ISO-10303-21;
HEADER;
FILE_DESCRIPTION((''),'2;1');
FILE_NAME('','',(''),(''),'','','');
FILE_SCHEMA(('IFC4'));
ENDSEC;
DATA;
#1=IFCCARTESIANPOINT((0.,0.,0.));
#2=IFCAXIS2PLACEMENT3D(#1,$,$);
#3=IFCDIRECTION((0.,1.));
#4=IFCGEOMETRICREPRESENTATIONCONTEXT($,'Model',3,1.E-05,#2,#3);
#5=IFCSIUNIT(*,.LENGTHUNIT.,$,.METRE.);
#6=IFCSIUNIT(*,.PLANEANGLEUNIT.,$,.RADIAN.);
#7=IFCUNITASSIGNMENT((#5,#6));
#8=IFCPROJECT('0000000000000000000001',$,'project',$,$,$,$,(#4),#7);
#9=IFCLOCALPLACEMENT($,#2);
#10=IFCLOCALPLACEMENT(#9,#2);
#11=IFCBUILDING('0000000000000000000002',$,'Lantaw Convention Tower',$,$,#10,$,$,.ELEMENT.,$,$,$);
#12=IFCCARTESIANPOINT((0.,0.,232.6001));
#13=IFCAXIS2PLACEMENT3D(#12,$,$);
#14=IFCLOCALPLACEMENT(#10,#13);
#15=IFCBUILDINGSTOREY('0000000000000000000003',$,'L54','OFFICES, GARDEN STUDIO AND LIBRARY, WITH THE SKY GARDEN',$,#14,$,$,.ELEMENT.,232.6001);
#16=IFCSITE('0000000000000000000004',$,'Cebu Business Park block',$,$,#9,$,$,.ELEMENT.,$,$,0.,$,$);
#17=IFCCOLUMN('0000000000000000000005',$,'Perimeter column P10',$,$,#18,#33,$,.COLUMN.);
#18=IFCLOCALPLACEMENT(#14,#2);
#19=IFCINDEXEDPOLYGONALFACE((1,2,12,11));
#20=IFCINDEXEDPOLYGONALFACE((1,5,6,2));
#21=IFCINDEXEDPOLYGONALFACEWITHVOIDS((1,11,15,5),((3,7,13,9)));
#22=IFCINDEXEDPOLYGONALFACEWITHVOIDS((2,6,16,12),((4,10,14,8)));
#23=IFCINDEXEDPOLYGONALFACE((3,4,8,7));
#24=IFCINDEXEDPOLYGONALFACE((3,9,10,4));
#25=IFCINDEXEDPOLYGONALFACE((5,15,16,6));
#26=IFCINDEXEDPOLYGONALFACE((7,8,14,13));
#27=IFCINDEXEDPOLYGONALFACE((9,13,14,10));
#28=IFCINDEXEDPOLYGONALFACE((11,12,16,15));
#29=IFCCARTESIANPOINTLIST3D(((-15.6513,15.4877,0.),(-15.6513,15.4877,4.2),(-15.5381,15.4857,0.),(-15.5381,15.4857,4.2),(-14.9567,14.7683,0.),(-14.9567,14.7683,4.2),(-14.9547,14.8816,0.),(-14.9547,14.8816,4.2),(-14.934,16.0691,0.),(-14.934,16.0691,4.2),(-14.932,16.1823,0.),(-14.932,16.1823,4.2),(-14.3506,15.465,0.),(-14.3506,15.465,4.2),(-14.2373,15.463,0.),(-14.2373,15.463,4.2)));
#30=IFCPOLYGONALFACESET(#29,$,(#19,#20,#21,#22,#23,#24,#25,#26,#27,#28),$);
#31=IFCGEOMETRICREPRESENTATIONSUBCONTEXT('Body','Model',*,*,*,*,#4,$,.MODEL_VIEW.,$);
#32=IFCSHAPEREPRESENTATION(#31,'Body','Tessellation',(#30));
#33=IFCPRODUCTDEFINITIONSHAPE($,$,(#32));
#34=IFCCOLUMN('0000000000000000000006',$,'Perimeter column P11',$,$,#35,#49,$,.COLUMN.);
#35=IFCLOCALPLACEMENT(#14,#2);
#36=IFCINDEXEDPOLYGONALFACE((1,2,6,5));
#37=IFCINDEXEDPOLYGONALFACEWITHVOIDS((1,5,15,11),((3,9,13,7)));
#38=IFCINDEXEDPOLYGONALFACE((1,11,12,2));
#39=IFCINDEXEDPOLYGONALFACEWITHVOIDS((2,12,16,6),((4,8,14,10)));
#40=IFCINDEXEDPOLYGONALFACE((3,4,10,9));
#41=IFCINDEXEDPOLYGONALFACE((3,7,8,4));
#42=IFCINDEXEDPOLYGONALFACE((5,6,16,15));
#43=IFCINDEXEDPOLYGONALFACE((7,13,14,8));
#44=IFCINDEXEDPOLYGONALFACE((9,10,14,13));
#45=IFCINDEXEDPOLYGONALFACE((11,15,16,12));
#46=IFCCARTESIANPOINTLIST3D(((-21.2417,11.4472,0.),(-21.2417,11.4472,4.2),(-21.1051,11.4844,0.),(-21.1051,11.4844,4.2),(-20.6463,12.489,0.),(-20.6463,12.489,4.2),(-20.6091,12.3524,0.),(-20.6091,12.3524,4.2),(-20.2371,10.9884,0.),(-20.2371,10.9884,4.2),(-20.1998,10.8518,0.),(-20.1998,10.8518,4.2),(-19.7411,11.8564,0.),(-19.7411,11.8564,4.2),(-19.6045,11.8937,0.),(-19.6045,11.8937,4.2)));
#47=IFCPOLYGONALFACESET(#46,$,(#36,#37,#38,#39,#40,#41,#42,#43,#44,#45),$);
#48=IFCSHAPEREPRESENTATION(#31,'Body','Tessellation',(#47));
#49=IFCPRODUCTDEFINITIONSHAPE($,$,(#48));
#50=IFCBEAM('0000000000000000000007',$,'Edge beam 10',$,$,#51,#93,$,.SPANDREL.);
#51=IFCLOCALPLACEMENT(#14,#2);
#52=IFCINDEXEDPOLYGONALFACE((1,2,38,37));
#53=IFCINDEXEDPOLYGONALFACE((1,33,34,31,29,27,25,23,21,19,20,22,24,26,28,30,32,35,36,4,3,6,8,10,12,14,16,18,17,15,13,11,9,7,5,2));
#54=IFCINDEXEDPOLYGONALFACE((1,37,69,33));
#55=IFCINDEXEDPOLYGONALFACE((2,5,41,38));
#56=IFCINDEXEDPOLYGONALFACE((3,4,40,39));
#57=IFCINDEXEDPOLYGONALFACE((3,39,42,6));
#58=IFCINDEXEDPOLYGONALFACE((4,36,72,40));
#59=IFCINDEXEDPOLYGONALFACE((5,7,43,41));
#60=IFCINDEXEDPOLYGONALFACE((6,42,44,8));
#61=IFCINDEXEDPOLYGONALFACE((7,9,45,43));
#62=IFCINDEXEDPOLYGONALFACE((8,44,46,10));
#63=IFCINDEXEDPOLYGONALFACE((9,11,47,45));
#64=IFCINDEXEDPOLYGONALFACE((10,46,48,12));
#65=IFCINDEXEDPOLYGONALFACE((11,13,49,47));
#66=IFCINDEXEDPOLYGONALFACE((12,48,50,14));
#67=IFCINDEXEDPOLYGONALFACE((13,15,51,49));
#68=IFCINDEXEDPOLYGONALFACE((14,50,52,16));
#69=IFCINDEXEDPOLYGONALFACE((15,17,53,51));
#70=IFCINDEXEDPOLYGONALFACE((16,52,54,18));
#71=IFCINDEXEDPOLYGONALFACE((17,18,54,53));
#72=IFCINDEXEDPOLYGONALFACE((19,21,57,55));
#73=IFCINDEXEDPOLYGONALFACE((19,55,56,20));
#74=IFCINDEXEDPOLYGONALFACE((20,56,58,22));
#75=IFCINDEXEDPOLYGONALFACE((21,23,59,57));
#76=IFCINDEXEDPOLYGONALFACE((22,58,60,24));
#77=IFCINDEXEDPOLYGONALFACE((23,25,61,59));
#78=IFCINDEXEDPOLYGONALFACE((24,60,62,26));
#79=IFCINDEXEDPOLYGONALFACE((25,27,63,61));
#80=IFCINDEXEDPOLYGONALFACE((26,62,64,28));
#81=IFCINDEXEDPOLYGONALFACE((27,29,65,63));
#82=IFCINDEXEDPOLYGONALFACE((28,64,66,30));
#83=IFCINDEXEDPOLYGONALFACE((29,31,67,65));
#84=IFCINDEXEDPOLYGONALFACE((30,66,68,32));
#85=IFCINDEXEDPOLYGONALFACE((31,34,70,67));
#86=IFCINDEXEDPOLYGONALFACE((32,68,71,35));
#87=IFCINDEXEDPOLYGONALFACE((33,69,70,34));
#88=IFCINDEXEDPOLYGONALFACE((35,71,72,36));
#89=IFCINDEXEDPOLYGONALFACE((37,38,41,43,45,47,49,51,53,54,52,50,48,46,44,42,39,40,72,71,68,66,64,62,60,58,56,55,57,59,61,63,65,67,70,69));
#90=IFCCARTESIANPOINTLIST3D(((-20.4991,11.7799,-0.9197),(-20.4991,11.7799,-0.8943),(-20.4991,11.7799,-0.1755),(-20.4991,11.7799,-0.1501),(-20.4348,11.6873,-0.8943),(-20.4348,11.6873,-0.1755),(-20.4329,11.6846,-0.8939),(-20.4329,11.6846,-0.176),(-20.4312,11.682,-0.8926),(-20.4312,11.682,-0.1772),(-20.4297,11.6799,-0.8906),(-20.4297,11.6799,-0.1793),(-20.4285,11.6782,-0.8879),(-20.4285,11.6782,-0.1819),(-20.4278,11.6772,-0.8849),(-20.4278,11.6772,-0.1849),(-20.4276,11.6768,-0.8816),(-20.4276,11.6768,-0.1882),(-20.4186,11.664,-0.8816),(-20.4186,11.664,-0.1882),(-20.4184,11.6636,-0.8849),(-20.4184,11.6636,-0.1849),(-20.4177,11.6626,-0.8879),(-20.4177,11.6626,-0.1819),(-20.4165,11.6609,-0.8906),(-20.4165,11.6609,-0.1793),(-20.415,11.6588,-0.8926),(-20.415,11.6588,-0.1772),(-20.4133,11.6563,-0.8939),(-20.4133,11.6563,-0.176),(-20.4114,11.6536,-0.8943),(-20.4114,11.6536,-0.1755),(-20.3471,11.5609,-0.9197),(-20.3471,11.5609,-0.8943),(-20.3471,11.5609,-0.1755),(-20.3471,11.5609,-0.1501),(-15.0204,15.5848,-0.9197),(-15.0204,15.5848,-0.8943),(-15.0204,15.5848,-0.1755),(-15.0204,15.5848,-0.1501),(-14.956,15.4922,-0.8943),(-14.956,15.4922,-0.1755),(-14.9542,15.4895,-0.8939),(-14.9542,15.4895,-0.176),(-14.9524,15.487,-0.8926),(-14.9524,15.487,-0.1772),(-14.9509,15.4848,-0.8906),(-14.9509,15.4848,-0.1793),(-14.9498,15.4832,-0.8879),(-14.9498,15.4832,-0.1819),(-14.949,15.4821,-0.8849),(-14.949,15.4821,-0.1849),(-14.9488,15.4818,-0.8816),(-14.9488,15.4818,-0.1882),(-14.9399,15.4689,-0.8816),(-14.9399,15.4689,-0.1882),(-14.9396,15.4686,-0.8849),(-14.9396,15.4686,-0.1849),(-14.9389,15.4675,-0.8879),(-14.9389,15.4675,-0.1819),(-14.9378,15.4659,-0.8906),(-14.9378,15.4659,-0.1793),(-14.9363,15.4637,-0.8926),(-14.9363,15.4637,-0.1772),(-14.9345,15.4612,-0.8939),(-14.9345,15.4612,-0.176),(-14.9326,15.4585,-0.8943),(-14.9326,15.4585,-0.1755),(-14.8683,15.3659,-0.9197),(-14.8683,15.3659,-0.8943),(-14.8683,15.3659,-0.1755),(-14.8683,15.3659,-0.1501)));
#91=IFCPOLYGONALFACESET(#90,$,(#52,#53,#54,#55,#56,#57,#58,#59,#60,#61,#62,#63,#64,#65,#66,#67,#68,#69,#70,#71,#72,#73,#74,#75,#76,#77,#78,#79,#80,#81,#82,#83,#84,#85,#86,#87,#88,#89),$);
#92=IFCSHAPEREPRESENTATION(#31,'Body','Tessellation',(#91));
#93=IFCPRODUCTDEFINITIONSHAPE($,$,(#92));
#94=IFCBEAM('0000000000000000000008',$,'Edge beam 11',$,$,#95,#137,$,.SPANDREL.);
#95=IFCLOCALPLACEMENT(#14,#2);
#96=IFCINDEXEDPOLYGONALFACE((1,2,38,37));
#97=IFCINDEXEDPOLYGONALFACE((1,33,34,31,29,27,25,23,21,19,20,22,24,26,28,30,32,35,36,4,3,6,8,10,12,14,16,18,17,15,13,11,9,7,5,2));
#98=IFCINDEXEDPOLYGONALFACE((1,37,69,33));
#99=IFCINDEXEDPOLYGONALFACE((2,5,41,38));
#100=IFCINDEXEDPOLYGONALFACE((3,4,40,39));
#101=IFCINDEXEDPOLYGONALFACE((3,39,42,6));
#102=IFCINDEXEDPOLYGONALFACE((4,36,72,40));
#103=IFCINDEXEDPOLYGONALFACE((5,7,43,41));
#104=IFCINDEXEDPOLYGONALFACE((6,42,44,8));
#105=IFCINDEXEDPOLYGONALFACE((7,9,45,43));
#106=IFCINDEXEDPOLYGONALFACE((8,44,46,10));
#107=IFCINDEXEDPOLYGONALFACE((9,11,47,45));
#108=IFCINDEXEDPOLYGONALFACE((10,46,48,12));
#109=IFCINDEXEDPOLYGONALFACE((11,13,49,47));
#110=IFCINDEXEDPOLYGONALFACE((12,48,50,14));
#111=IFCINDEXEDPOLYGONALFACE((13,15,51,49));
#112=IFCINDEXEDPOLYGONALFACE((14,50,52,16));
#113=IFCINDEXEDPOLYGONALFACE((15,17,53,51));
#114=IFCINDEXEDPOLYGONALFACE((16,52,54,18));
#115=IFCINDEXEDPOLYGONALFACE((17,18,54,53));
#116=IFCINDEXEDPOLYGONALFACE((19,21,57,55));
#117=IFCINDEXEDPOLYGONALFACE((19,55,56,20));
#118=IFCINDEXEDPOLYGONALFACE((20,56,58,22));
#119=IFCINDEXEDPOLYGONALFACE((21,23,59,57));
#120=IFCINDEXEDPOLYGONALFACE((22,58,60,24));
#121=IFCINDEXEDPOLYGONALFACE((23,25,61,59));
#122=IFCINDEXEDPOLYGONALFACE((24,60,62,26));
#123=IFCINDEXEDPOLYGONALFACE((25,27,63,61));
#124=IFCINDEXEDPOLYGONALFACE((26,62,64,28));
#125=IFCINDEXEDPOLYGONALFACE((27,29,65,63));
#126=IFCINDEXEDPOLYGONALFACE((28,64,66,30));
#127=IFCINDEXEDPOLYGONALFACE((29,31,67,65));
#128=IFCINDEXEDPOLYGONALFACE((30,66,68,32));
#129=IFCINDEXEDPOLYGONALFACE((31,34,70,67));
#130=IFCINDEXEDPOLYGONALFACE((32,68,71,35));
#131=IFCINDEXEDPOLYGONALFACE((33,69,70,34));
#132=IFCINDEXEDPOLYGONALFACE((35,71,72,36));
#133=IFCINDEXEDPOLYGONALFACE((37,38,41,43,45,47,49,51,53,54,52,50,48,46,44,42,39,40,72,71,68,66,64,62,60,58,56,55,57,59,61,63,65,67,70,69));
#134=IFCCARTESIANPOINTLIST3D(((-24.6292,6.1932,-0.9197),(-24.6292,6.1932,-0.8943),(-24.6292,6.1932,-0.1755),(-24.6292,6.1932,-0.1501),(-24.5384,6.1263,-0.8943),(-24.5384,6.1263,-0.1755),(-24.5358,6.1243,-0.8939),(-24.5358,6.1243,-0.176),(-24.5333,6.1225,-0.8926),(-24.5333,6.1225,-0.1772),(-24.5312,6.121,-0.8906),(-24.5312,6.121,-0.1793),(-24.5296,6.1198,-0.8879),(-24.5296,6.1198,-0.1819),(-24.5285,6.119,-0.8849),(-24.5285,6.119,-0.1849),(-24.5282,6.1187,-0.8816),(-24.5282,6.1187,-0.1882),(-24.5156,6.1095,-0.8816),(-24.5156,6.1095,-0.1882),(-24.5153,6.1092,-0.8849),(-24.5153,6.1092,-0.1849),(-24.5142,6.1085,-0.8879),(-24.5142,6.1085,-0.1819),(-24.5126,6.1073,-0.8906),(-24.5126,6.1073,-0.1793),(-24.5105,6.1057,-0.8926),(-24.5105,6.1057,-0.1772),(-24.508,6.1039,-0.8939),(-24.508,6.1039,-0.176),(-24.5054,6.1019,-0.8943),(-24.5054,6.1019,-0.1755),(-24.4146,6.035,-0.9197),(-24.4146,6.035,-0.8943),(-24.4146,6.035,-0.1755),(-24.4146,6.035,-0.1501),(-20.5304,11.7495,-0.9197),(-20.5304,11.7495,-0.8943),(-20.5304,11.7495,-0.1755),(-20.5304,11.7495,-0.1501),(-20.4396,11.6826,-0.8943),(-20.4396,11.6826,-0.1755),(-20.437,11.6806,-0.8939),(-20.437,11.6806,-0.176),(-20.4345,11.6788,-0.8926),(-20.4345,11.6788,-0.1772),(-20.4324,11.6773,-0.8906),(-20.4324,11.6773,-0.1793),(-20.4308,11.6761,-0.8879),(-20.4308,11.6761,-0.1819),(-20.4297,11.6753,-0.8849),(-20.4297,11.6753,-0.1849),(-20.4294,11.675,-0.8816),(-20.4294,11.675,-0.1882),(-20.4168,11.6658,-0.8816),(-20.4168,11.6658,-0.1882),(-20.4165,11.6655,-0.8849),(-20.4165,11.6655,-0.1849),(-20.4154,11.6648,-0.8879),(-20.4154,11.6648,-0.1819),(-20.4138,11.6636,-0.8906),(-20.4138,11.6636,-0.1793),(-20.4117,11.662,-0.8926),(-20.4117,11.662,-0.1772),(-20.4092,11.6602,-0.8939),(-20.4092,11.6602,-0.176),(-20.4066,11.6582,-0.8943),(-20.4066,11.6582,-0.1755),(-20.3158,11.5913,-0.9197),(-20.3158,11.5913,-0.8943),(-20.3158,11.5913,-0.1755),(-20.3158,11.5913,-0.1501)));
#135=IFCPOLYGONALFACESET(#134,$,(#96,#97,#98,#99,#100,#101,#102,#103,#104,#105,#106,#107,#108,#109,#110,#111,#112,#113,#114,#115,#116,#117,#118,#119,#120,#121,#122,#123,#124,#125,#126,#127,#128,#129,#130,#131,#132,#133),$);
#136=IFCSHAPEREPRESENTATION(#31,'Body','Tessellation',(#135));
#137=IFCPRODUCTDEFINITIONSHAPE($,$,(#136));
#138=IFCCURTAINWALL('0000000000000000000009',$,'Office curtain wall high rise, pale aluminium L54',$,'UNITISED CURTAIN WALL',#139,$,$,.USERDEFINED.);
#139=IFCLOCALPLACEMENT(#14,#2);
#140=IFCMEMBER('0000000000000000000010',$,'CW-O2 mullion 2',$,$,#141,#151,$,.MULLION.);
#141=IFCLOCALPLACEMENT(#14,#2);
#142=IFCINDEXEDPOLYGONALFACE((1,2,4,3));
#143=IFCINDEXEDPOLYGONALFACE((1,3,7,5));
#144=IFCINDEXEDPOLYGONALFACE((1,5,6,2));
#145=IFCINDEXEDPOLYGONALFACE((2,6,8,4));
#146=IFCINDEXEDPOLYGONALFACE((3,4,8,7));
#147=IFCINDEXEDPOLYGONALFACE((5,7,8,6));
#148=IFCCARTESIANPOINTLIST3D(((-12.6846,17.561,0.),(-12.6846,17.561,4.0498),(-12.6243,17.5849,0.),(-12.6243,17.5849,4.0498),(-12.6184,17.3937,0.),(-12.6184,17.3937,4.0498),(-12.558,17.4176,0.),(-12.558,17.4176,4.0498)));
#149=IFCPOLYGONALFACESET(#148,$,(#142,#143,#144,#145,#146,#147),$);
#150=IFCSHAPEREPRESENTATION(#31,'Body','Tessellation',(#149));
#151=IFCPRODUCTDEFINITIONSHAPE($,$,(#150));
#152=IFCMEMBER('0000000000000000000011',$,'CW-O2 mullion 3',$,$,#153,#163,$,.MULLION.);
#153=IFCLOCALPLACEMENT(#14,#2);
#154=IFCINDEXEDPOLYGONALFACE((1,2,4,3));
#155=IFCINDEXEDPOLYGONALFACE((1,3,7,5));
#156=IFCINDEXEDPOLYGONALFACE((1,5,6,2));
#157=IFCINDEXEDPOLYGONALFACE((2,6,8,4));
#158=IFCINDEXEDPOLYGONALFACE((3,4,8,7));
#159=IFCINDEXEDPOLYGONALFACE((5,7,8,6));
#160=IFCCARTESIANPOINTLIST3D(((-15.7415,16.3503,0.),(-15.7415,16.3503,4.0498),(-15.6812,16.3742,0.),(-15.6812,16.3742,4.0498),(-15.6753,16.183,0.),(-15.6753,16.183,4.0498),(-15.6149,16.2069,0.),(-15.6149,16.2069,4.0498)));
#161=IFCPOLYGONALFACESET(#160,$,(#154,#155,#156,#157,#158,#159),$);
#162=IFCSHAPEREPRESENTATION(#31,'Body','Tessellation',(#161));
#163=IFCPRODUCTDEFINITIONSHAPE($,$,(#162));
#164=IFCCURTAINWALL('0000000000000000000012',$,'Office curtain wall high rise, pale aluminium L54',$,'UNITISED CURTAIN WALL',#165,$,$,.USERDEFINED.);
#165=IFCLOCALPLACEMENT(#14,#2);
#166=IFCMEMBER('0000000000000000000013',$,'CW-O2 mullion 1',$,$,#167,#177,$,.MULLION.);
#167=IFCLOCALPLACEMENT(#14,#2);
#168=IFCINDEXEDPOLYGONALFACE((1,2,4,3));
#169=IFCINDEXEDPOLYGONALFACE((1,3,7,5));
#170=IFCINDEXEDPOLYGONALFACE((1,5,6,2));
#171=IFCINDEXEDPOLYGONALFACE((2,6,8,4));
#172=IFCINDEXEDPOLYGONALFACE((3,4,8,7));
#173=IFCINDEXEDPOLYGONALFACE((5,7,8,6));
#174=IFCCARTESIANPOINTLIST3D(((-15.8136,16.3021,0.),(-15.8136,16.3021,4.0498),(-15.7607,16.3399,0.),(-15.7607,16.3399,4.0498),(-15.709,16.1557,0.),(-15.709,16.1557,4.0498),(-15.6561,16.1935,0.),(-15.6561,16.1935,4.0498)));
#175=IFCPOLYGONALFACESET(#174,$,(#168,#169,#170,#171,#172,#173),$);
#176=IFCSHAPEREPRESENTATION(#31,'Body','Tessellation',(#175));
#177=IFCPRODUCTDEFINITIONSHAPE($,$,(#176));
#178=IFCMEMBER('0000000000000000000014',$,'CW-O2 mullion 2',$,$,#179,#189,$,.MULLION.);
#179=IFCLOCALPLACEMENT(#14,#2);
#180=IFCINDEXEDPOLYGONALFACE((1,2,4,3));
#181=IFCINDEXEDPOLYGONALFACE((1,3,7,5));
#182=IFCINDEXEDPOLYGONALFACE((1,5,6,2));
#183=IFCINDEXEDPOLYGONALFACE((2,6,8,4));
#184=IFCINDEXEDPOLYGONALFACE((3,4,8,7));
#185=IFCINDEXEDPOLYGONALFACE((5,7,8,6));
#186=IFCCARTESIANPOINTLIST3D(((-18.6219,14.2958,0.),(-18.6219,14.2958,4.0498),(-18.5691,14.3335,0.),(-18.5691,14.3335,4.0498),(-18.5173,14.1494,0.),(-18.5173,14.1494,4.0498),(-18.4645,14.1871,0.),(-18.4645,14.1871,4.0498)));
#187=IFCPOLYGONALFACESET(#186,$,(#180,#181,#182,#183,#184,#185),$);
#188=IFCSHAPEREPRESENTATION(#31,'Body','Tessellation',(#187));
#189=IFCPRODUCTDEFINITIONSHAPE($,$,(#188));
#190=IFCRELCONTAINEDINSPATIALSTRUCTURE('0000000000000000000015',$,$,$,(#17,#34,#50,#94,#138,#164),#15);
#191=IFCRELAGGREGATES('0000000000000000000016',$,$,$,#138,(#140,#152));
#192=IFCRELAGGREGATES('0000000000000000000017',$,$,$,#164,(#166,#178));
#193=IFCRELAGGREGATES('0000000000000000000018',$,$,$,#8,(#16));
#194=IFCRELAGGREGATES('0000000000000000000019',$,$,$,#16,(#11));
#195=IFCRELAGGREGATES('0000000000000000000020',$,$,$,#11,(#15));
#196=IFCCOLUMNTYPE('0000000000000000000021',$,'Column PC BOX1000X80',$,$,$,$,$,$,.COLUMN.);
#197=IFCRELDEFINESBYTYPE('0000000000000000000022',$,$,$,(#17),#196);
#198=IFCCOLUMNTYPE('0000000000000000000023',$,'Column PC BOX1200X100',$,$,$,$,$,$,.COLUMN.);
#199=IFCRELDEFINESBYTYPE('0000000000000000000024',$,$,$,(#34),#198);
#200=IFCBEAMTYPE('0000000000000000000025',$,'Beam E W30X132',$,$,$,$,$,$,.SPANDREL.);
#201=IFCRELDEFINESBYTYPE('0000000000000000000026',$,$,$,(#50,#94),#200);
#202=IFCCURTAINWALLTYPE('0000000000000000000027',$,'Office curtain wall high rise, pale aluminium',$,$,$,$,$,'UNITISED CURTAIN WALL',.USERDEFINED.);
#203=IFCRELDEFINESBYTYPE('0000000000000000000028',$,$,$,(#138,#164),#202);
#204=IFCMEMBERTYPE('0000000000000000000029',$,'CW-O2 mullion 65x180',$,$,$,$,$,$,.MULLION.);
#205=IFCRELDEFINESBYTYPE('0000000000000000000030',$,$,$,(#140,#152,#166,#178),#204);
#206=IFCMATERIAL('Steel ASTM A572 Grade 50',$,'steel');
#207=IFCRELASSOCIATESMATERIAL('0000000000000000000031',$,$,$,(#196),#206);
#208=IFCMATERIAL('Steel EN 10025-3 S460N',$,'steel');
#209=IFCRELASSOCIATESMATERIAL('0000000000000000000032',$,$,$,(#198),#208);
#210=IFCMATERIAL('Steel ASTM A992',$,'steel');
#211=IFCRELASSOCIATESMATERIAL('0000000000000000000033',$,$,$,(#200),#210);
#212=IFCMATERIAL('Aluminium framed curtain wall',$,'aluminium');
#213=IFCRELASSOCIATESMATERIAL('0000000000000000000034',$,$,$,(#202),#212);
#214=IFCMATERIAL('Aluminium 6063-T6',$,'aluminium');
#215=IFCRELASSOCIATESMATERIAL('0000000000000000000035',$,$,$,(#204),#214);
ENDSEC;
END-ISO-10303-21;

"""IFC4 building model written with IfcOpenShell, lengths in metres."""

from ifc_helpers import new_model, si_unit, direction, frame, origin, origin_2d, place, context, subcontext, project, spatial, rectangle, hollow_rectangle, i_section, extrude, material, material_profile, profile_set, type_object, element, aggregate, save


model = new_model("IFC4")

# Units and contexts
model_context = context("Model", 3, precision=1e-05, world=origin(), true_north=direction((0.0, 1.0)))
body_context = subcontext(model_context, "Body", "Model", "MODEL_VIEW")
ifc_project = project(units=[si_unit("LENGTHUNIT", "METRE"), si_unit("PLANEANGLEUNIT", "RADIAN")], contexts=[model_context])

# Site, building, storey
site_placement = place(None, origin())
site = spatial("IfcSite", under=ifc_project, at=site_placement, Name="Cebu Business Park block", CompositionType="ELEMENT", RefElevation=0.0)
building_placement = place(site_placement, origin())
building = spatial("IfcBuilding", under=site, at=building_placement, Name="Lantaw Convention Tower", CompositionType="ELEMENT")
storey_placement = place(building_placement, frame((0.0, 0.0, 232.6001)))
storey = spatial("IfcBuildingStorey", under=building, at=storey_placement, Name="L54", Description="OFFICES, GARDEN STUDIO AND LIBRARY, WITH THE SKY GARDEN", CompositionType="ELEMENT", Elevation=232.6001)

# Columns
ifc_material_1 = material(Name="Steel ASTM A572 Grade 50", Category="steel")
ifc_material_profile_1 = material_profile(ifc_material_1, hollow_rectangle(XDim=1.0, YDim=1.0, WallThickness=0.0801, at=origin_2d()), Name="BOX1000X80")
ifc_material_2 = material(Name="Concrete C60/75", Category="concrete")
ifc_material_profile_2 = material_profile(ifc_material_2, rectangle(XDim=0.8401, YDim=0.8401, at=origin_2d()), Name="Concrete fill of BOX1000X80")
ifc_profile_set_1 = profile_set([ifc_material_profile_1, ifc_material_profile_2], Name="Steel ASTM A572 Grade 50")
column_type_1 = type_object("IfcColumnType", Name="Column PC BOX1000X80", PredefinedType="COLUMN", material=ifc_profile_set_1)
column_1_placement = place(storey_placement, frame((-14.9443, 15.4753, 0.0), z_axis=(0.0, 0.0, 1.0), x_axis=(0.71934, 0.694658, 0.0)))
element("IfcColumn", 1, at=column_1_placement, inside=storey, type_object=column_type_1, Name="Perimeter column P10", PredefinedType="COLUMN", context=body_context, shape_type="SweptSolid", body=[
    extrude(hollow_rectangle(XDim=1.0, YDim=1.0, WallThickness=0.0801, at=origin_2d()), origin(), (0.0, 0.0, 1.0), 4.2),
])
ifc_material_3 = material(Name="Steel EN 10025-3 S460N", Category="steel")
ifc_material_profile_3 = material_profile(ifc_material_3, hollow_rectangle(XDim=1.2, YDim=1.2, WallThickness=0.1001, at=origin_2d()), Name="BOX1200X100")
ifc_material_profile_4 = material_profile(ifc_material_2, rectangle(XDim=1.0, YDim=1.0, at=origin_2d()), Name="Concrete fill of BOX1200X100")
ifc_profile_set_2 = profile_set([ifc_material_profile_3, ifc_material_profile_4], Name="Steel EN 10025-3 S460N")
column_type_2 = type_object("IfcColumnType", Name="Column PC BOX1200X100", PredefinedType="COLUMN", material=ifc_profile_set_2)
column_2_placement = place(storey_placement, frame((-20.4231, 11.6704, 0.0), z_axis=(0.0, 0.0, 1.0), x_axis=(0.496139, 0.868243, 0.0)))
element("IfcColumn", 2, at=column_2_placement, inside=storey, type_object=column_type_2, Name="Perimeter column P11", PredefinedType="COLUMN", context=body_context, shape_type="SweptSolid", body=[
    extrude(hollow_rectangle(XDim=1.2, YDim=1.2, WallThickness=0.1001, at=origin_2d()), origin(), (0.0, 0.0, 1.0), 4.2),
])

# Beams
ifc_material_4 = material(Name="Steel ASTM A992", Category="steel")
ifc_material_profile_5 = material_profile(ifc_material_4, i_section(OverallWidth=0.2666, OverallDepth=0.7695, WebThickness=0.0156, FlangeThickness=0.0254, FilletRadius=0.0127, at=origin_2d()), Name="W30X132")
ifc_profile_set_3 = profile_set([ifc_material_profile_5], Name="Steel ASTM A992")
beam_type = type_object("IfcBeamType", Name="Beam E W30X132", PredefinedType="SPANDREL", material=ifc_profile_set_3)
beam_1_placement = place(storey_placement, frame((-14.9443, 15.4753, -0.5349), z_axis=(-0.821353, -0.57042, 0.0), x_axis=(0.57042, -0.821353, 0.0)))
element("IfcBeam", 3, at=beam_1_placement, inside=storey, type_object=beam_type, Name="Edge beam 10", PredefinedType="SPANDREL", context=body_context, shape_type="SweptSolid", body=[
    extrude(i_section(OverallWidth=0.2666, OverallDepth=0.7695, WebThickness=0.0156, FlangeThickness=0.0254, FilletRadius=0.0127, at=origin_2d()), origin(), (0.0, 0.0, 1.0), 6.6704),
])
beam_2_placement = place(storey_placement, frame((-20.4231, 11.6704, -0.5349), z_axis=(-0.593639, -0.804731, 0.0), x_axis=(0.804731, -0.593639, 0.0)))
element("IfcBeam", 4, at=beam_2_placement, inside=storey, type_object=beam_type, Name="Edge beam 11", PredefinedType="SPANDREL", context=body_context, shape_type="SweptSolid", body=[
    extrude(i_section(OverallWidth=0.2666, OverallDepth=0.7695, WebThickness=0.0156, FlangeThickness=0.0254, FilletRadius=0.0127, at=origin_2d()), origin(), (0.0, 0.0, 1.0), 6.9045),
])

# Curtain walls, members
ifc_material_5 = material(Name="Aluminium framed curtain wall", Category="aluminium")
curtain_wall_type = type_object("IfcCurtainWallType", Name="Office curtain wall high rise, pale aluminium", ElementType="UNITISED CURTAIN WALL", PredefinedType="USERDEFINED", material=ifc_material_5)
curtain_wall_1_placement = place(storey_placement, origin())
curtain_wall_1 = element("IfcCurtainWall", 5, at=curtain_wall_1_placement, inside=storey, type_object=curtain_wall_type, Name="Office curtain wall high rise, pale aluminium L54", ObjectType="UNITISED CURTAIN WALL", PredefinedType="USERDEFINED")
ifc_material_6 = material(Name="Aluminium 6063-T6", Category="aluminium")
ifc_material_profile_6 = material_profile(ifc_material_6, rectangle(XDim=0.1799, YDim=0.0649, at=origin_2d()), Name="CW-O2 mullion 65x180")
ifc_profile_set_4 = profile_set([ifc_material_profile_6], Name="Aluminium 6063-T6")
member_type_1 = type_object("IfcMemberType", Name="CW-O2 mullion 65x180", PredefinedType="MULLION", material=ifc_profile_set_4)
member_1_placement = place(storey_placement, frame((-12.6213, 17.4893, 0.0), z_axis=(0.0, 0.0, 1.0), x_axis=(0.368162, -0.929762, 0.0)))
member_1 = element("IfcMember", 6, at=member_1_placement, type_object=member_type_1, Name="CW-O2 mullion 2", PredefinedType="MULLION", context=body_context, shape_type="SweptSolid", body=[
    extrude(rectangle(XDim=0.1799, YDim=0.0649, at=origin_2d()), origin(), (0.0, 0.0, 1.0), 4.0498),
])
member_2_placement = place(storey_placement, frame((-15.6782, 16.2786, 0.0), z_axis=(0.0, 0.0, 1.0), x_axis=(0.368162, -0.929762, 0.0)))
member_2 = element("IfcMember", 7, at=member_2_placement, type_object=member_type_1, Name="CW-O2 mullion 3", PredefinedType="MULLION", context=body_context, shape_type="SweptSolid", body=[
    extrude(rectangle(XDim=0.1799, YDim=0.0649, at=origin_2d()), origin(), (0.0, 0.0, 1.0), 4.0498),
])
curtain_wall_2_placement = place(storey_placement, origin())
curtain_wall_2 = element("IfcCurtainWall", 8, at=curtain_wall_2_placement, inside=storey, type_object=curtain_wall_type, Name="Office curtain wall high rise, pale aluminium L54", ObjectType="UNITISED CURTAIN WALL", PredefinedType="USERDEFINED")
member_3_placement = place(storey_placement, frame((-15.7349, 16.2478, 0.0), z_axis=(0.0, 0.0, 1.0), x_axis=(0.581323, -0.813673, 0.0)))
member_3 = element("IfcMember", 9, at=member_3_placement, type_object=member_type_1, Name="CW-O2 mullion 1", PredefinedType="MULLION", context=body_context, shape_type="SweptSolid", body=[
    extrude(rectangle(XDim=0.1799, YDim=0.0649, at=origin_2d()), origin(), (0.0, 0.0, 1.0), 4.0498),
])
member_4_placement = place(storey_placement, frame((-18.5432, 14.2415, 0.0), z_axis=(0.0, 0.0, 1.0), x_axis=(0.581323, -0.813673, 0.0)))
member_4 = element("IfcMember", 10, at=member_4_placement, type_object=member_type_1, Name="CW-O2 mullion 2", PredefinedType="MULLION", context=body_context, shape_type="SweptSolid", body=[
    extrude(rectangle(XDim=0.1799, YDim=0.0649, at=origin_2d()), origin(), (0.0, 0.0, 1.0), 4.0498),
])

aggregate(curtain_wall_1, [member_1, member_2])
aggregate(curtain_wall_2, [member_3, member_4])

save(model, "model.ifc")
